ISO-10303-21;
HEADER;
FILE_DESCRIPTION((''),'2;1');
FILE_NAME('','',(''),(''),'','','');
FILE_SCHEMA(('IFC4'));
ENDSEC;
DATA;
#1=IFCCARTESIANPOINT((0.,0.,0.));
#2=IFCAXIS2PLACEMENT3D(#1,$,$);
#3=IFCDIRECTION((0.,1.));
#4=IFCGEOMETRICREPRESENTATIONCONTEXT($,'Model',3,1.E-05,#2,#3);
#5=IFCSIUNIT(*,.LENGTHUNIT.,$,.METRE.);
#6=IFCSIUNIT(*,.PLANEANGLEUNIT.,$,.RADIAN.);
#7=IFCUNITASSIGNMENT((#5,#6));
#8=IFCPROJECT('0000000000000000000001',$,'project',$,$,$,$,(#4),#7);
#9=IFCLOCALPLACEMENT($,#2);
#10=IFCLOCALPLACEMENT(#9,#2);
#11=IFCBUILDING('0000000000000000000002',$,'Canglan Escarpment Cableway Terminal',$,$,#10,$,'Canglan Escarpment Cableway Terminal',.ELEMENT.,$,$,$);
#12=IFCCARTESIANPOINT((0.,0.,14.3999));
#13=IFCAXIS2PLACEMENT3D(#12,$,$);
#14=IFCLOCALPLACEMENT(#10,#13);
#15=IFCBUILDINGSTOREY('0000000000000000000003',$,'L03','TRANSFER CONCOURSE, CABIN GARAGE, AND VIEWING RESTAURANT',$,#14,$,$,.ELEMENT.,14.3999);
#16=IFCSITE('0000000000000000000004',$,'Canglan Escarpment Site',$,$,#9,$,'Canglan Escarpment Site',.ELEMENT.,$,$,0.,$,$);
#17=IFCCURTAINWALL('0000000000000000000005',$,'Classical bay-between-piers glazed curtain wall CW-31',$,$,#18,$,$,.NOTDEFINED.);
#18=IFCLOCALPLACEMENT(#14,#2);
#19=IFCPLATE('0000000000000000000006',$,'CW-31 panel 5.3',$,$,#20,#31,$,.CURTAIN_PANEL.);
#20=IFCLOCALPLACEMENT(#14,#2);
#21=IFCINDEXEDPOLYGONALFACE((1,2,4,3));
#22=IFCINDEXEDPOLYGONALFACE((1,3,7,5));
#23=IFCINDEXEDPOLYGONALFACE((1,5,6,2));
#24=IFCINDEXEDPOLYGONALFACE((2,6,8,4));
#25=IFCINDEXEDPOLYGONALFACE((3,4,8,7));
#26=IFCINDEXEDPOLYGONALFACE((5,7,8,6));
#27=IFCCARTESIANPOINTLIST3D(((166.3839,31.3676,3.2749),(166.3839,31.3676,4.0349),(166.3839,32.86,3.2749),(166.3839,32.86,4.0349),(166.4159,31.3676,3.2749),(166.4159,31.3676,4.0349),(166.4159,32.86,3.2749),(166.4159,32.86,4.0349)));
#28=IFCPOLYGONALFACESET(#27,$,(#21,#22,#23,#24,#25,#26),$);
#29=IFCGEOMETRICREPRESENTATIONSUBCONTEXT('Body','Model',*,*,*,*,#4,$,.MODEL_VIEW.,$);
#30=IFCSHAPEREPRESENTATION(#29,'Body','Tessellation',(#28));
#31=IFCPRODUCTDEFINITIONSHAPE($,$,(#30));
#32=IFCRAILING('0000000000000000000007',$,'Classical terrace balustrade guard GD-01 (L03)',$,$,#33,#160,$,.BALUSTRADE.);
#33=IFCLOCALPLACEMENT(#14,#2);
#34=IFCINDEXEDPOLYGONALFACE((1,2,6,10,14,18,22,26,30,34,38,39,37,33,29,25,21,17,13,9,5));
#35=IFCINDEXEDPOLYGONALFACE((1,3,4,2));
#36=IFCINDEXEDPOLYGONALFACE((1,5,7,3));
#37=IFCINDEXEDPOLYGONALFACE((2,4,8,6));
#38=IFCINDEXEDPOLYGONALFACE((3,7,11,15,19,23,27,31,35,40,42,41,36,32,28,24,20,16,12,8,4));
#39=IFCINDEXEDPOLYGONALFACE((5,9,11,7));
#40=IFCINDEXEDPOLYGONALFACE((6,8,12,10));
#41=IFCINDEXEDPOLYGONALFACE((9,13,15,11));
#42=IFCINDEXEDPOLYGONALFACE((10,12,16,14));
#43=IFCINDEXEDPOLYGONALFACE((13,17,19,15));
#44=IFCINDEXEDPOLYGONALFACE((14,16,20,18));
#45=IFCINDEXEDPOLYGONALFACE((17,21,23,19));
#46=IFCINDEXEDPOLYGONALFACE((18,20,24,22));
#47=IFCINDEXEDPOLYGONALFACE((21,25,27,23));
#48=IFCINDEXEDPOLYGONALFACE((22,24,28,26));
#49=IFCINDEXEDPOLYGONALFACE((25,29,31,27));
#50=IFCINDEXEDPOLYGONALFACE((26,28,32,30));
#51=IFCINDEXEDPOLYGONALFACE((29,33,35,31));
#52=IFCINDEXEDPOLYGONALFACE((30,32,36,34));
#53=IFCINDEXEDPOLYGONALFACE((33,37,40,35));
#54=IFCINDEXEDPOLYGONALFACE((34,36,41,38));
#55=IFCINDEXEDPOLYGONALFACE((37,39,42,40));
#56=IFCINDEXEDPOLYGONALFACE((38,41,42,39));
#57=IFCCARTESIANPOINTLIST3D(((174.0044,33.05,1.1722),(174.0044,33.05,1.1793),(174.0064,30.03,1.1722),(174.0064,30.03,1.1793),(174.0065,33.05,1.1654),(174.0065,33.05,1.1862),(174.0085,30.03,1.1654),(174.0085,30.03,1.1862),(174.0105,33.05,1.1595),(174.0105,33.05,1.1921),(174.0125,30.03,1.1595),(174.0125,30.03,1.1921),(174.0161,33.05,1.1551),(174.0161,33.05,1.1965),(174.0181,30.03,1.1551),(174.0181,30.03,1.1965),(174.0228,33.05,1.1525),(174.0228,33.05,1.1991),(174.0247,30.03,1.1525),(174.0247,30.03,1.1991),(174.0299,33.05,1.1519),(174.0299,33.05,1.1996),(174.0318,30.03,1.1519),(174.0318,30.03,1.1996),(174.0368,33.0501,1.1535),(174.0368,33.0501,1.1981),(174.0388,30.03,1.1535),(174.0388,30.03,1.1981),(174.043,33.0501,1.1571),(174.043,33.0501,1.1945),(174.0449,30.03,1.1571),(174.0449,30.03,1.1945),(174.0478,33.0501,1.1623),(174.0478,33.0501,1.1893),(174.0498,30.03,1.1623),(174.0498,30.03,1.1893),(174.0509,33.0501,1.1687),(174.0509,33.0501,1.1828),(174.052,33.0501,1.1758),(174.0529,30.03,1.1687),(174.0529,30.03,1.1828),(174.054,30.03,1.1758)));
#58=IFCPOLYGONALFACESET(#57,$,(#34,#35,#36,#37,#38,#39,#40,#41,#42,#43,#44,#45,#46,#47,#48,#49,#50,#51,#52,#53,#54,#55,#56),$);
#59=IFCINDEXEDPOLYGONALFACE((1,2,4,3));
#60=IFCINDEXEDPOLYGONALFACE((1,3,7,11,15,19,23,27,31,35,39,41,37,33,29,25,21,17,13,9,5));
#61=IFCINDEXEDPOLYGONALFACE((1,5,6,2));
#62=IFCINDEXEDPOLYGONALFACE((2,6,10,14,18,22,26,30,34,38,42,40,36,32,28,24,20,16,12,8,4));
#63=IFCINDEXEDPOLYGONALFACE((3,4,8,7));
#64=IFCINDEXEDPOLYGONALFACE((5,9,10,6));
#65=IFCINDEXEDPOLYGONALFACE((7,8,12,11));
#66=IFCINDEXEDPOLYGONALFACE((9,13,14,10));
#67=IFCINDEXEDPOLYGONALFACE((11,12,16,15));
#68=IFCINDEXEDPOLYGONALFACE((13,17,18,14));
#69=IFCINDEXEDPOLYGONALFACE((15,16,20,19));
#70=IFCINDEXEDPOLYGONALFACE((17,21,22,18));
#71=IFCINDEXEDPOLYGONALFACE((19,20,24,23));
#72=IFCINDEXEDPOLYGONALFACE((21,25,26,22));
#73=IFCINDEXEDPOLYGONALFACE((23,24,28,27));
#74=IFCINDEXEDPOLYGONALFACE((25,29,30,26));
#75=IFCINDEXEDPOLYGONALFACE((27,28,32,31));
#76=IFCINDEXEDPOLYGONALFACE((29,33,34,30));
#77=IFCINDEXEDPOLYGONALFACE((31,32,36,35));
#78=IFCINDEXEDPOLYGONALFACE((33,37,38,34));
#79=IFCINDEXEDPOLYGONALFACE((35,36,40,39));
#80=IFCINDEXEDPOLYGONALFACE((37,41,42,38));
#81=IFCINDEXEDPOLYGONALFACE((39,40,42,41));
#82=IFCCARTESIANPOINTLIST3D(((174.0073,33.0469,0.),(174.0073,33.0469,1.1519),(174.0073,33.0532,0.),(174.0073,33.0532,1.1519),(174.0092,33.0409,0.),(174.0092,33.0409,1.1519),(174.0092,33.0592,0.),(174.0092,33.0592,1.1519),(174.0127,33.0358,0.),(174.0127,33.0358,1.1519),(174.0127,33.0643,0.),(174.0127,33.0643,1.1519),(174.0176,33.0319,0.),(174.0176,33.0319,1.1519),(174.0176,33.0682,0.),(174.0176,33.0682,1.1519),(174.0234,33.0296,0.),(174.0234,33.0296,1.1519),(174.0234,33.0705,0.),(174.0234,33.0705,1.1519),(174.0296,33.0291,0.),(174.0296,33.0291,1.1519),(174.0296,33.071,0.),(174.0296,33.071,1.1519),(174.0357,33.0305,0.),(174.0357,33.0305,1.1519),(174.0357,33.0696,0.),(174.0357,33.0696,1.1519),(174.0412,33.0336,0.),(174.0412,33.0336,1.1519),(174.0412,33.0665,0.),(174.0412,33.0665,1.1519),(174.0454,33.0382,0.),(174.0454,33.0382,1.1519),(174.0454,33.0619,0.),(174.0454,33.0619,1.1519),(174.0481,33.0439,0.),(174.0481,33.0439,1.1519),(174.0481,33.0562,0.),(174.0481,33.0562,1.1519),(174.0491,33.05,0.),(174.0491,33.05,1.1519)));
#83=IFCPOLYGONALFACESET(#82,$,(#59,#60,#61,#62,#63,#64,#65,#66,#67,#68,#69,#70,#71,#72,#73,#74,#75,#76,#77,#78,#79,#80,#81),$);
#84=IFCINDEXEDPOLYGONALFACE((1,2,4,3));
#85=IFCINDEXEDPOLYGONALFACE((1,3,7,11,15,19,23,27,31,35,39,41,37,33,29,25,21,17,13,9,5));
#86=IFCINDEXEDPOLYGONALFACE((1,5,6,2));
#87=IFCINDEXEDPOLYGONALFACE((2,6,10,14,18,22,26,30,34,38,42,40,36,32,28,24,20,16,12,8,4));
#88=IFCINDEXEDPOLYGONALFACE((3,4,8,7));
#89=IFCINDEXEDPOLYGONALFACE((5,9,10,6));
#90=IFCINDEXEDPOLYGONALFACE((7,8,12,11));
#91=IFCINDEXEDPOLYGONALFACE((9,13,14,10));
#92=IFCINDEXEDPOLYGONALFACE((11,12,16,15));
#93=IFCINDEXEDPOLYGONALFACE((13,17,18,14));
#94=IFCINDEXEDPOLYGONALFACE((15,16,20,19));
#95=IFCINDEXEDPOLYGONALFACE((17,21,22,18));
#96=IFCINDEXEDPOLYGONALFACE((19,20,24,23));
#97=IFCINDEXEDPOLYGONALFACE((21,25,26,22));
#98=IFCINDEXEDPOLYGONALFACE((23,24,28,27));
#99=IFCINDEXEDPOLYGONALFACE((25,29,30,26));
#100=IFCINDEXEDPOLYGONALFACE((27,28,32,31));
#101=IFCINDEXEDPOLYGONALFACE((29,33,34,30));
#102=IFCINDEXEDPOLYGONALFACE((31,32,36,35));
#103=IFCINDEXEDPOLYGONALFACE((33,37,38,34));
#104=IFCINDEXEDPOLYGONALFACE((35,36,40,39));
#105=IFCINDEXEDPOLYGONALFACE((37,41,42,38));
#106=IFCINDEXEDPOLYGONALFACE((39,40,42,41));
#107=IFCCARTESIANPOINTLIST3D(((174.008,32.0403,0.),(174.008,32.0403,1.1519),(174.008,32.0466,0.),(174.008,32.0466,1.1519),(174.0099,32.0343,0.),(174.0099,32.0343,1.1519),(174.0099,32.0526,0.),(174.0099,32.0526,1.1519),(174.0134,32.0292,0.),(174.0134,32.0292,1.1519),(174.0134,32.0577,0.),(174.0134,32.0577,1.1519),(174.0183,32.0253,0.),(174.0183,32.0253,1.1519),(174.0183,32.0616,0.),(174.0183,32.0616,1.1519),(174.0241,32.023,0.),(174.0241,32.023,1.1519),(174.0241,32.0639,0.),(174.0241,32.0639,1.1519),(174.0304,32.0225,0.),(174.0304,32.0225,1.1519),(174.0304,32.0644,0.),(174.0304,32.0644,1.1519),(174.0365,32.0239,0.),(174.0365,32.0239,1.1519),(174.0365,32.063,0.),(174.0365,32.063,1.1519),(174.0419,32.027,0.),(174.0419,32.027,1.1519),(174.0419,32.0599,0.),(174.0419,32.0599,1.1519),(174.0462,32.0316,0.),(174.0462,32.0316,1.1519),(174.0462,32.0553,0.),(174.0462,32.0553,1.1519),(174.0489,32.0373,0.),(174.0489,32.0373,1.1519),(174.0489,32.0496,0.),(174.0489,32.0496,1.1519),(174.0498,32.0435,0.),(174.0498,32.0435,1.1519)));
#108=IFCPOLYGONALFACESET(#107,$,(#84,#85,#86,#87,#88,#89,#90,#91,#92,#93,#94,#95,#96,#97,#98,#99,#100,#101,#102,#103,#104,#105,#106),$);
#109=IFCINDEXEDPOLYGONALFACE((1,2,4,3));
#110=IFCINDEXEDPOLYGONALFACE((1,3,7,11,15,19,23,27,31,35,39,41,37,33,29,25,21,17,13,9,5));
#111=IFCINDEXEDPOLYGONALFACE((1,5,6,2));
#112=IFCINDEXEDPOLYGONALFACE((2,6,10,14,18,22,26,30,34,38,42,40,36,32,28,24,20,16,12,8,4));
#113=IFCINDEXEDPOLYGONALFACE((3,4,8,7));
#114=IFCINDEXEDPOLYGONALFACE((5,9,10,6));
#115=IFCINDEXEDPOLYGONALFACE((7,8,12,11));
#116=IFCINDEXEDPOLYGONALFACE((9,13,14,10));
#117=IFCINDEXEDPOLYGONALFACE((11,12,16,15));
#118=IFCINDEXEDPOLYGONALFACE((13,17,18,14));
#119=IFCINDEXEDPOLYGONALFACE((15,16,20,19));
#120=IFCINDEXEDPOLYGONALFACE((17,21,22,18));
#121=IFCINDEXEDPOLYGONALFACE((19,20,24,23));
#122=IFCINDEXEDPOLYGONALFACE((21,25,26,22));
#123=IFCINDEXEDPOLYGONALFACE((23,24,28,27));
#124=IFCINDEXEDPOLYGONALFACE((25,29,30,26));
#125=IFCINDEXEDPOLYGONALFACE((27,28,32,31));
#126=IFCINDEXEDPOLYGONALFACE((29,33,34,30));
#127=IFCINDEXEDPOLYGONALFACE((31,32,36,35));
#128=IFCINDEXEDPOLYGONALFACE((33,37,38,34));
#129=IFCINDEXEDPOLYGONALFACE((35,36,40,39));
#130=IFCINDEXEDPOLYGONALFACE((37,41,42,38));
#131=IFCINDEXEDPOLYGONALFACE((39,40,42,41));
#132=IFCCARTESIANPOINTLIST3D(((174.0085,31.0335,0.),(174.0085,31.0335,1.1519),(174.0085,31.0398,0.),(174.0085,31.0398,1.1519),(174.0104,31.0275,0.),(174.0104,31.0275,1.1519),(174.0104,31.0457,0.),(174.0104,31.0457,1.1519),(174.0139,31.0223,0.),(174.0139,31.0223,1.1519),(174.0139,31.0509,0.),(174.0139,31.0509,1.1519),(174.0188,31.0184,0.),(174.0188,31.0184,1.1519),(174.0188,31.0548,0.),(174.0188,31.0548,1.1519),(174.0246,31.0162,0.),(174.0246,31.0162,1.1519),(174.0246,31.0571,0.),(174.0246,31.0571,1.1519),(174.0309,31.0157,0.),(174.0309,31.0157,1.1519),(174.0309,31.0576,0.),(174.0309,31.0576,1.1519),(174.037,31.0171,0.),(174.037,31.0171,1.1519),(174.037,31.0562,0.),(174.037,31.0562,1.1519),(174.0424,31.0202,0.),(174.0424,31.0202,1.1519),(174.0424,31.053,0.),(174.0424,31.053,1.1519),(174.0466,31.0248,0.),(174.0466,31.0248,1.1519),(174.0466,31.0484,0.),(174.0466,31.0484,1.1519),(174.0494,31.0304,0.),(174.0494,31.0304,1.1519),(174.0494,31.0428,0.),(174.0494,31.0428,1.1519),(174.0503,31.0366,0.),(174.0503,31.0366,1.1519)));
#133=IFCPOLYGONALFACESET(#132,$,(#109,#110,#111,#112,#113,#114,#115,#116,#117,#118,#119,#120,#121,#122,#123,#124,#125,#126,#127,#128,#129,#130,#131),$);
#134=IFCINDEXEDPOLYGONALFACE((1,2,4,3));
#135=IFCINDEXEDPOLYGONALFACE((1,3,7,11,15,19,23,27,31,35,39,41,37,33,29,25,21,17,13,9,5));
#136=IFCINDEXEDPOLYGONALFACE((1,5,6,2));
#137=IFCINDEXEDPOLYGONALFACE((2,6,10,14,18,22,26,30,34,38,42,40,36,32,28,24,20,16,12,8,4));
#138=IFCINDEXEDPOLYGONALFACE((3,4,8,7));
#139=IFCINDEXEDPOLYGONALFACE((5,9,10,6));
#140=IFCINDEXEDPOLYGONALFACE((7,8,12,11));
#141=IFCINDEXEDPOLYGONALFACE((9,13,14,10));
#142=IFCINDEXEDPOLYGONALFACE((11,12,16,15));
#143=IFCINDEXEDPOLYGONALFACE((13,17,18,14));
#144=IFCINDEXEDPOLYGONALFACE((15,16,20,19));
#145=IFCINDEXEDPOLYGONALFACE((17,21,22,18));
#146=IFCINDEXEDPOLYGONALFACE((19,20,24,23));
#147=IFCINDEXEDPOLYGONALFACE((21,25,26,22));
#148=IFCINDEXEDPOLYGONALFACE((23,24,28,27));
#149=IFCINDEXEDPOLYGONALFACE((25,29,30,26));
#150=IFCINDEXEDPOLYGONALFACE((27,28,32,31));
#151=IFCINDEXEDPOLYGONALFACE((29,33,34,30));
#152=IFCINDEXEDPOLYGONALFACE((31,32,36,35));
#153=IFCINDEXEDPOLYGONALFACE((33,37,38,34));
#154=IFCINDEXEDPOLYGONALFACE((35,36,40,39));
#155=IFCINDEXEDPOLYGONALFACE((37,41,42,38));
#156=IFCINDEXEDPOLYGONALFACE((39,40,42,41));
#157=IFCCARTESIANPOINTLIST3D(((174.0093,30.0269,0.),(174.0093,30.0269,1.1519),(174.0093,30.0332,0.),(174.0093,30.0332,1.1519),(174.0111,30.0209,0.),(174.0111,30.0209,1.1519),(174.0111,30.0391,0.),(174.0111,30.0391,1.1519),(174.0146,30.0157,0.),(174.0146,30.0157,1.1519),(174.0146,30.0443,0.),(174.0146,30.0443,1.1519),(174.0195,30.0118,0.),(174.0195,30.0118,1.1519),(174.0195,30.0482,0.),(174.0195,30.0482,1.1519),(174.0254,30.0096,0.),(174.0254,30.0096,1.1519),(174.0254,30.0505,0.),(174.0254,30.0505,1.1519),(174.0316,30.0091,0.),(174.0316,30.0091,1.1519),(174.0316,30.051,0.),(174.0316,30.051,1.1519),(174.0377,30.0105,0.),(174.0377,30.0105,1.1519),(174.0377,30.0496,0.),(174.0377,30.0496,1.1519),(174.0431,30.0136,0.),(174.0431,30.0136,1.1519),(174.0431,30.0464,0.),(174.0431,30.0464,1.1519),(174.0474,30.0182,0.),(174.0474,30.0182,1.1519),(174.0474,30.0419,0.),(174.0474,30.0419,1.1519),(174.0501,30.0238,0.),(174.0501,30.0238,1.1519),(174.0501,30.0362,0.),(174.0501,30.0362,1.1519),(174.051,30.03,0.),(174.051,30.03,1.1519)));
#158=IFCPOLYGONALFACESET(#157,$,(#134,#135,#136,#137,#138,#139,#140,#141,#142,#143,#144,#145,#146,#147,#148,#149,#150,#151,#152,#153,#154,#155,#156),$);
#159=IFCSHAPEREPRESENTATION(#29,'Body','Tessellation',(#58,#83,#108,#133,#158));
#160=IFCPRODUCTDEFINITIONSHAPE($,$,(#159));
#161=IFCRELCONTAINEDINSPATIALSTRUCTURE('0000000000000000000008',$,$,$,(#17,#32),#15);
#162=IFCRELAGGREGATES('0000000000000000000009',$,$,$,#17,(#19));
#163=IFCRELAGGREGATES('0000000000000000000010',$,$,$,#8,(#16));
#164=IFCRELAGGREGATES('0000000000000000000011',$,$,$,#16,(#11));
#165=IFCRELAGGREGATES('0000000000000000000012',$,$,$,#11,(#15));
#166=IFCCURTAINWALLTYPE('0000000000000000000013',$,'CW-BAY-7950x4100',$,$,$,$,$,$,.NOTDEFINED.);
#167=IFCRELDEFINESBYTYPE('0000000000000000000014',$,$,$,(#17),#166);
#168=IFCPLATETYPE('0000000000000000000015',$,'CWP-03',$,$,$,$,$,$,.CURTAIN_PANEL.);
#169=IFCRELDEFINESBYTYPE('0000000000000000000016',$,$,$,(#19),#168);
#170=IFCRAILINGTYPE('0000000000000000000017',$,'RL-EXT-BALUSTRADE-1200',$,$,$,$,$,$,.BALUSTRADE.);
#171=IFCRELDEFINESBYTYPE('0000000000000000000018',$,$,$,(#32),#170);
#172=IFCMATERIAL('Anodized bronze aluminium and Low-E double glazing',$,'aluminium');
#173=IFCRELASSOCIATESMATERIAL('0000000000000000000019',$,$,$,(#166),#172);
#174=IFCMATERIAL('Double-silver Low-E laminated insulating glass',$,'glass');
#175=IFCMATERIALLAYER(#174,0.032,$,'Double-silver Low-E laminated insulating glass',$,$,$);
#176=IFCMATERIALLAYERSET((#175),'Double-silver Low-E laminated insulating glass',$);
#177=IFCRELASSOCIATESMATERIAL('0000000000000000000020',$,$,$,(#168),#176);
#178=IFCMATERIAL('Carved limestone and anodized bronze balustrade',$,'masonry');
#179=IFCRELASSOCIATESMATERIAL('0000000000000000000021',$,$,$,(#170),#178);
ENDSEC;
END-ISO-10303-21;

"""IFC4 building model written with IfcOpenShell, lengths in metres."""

from ifc_helpers import new_model, si_unit, direction, frame, origin, origin_2d, place, context, subcontext, project, spatial, rectangle, circle, extrude, material, layer, layer_set, type_object, element, aggregate, save


model = new_model("IFC4")

# Units and contexts
model_context = context("Model", 3, precision=1e-05, world=origin(), true_north=direction((0.0, 1.0)))
body_context = subcontext(model_context, "Body", "Model", "MODEL_VIEW")
ifc_project = project(units=[si_unit("LENGTHUNIT", "METRE"), si_unit("PLANEANGLEUNIT", "RADIAN")], contexts=[model_context])

# Site, building, storey
site_placement = place(None, origin())
site = spatial("IfcSite", under=ifc_project, at=site_placement, Name="Canglan Escarpment Site", LongName="Canglan Escarpment Site", CompositionType="ELEMENT", RefElevation=0.0)
building_placement = place(site_placement, origin())
building = spatial("IfcBuilding", under=site, at=building_placement, Name="Canglan Escarpment Cableway Terminal", LongName="Canglan Escarpment Cableway Terminal", CompositionType="ELEMENT")
storey_placement = place(building_placement, frame((0.0, 0.0, 14.3999)))
storey = spatial("IfcBuildingStorey", under=building, at=storey_placement, Name="L03", Description="TRANSFER CONCOURSE, CABIN GARAGE, AND VIEWING RESTAURANT", CompositionType="ELEMENT", Elevation=14.3999)

# Shared definitions
ifc_material_1 = material(Name="Anodized bronze aluminium and Low-E double glazing", Category="aluminium")

# Curtain wall
curtain_wall_type_1 = type_object("IfcCurtainWallType", Name="CW-BAY-7950x4100", PredefinedType="NOTDEFINED", material=ifc_material_1)
curtain_wall_1_placement = place(storey_placement, origin())
curtain_wall_1 = element("IfcCurtainWall", 1, at=curtain_wall_1_placement, inside=storey, type_object=curtain_wall_type_1, Name="Classical bay-between-piers glazed curtain wall CW-31", PredefinedType="NOTDEFINED")

# Plate
ifc_material_2 = material(Name="Double-silver Low-E laminated insulating glass", Category="glass")
ifc_layer_1 = layer(ifc_material_2, 0.032, Name="Double-silver Low-E laminated insulating glass")
ifc_layer_set_1 = layer_set([ifc_layer_1], Name="Double-silver Low-E laminated insulating glass")
plate_type_1 = type_object("IfcPlateType", Name="CWP-03", PredefinedType="CURTAIN_PANEL", material=ifc_layer_set_1)
plate_1_placement = place(storey_placement, frame((166.3999, 32.1138, 3.2749), z_axis=(0.0, 0.0, 1.0), x_axis=(0.0, 1.0, 0.0)))
plate_1 = element("IfcPlate", 2, at=plate_1_placement, type_object=plate_type_1, Name="CW-31 panel 5.3", PredefinedType="CURTAIN_PANEL", context=body_context, shape_type="SweptSolid", body=[
    extrude(rectangle(XDim=1.4924, YDim=0.032, at=origin_2d()), origin(), (0.0, 0.0, 1.0), 0.76),
])
aggregate(curtain_wall_1, [plate_1])

# Railing
ifc_material_3 = material(Name="Carved limestone and anodized bronze balustrade", Category="masonry")
railing_type = type_object("IfcRailingType", Name="RL-EXT-BALUSTRADE-1200", PredefinedType="BALUSTRADE", material=ifc_material_3)
railing_1_placement = place(storey_placement, frame((174.0281, 33.05, 0.0)))
element("IfcRailing", 3, at=railing_1_placement, inside=storey, type_object=railing_type, Name="Classical terrace balustrade guard GD-01 (L03)", PredefinedType="BALUSTRADE", context=body_context, shape_type="SweptSolid", body=[
    extrude(circle(Radius=0.0239, at=origin_2d()), frame((0.0, 0.0, 1.1758), z_axis=(0.000647, -1.0, 0.0), x_axis=(1.0, 0.000647, 0.0)), (0.0, 0.0, 1.0), 3.02),
    extrude(circle(Radius=0.021, at=origin_2d()), origin(), (0.0, 0.0, 1.0), 1.1519),
    extrude(circle(Radius=0.021, at=origin_2d()), frame((0.0007, -1.0066, 0.0)), (0.0, 0.0, 1.0), 1.1519),
    extrude(circle(Radius=0.021, at=origin_2d()), frame((0.0012, -2.0134, 0.0)), (0.0, 0.0, 1.0), 1.1519),
    extrude(circle(Radius=0.021, at=origin_2d()), frame((0.002, -3.02, 0.0)), (0.0, 0.0, 1.0), 1.1519),
])

save(model, "model.ifc")
